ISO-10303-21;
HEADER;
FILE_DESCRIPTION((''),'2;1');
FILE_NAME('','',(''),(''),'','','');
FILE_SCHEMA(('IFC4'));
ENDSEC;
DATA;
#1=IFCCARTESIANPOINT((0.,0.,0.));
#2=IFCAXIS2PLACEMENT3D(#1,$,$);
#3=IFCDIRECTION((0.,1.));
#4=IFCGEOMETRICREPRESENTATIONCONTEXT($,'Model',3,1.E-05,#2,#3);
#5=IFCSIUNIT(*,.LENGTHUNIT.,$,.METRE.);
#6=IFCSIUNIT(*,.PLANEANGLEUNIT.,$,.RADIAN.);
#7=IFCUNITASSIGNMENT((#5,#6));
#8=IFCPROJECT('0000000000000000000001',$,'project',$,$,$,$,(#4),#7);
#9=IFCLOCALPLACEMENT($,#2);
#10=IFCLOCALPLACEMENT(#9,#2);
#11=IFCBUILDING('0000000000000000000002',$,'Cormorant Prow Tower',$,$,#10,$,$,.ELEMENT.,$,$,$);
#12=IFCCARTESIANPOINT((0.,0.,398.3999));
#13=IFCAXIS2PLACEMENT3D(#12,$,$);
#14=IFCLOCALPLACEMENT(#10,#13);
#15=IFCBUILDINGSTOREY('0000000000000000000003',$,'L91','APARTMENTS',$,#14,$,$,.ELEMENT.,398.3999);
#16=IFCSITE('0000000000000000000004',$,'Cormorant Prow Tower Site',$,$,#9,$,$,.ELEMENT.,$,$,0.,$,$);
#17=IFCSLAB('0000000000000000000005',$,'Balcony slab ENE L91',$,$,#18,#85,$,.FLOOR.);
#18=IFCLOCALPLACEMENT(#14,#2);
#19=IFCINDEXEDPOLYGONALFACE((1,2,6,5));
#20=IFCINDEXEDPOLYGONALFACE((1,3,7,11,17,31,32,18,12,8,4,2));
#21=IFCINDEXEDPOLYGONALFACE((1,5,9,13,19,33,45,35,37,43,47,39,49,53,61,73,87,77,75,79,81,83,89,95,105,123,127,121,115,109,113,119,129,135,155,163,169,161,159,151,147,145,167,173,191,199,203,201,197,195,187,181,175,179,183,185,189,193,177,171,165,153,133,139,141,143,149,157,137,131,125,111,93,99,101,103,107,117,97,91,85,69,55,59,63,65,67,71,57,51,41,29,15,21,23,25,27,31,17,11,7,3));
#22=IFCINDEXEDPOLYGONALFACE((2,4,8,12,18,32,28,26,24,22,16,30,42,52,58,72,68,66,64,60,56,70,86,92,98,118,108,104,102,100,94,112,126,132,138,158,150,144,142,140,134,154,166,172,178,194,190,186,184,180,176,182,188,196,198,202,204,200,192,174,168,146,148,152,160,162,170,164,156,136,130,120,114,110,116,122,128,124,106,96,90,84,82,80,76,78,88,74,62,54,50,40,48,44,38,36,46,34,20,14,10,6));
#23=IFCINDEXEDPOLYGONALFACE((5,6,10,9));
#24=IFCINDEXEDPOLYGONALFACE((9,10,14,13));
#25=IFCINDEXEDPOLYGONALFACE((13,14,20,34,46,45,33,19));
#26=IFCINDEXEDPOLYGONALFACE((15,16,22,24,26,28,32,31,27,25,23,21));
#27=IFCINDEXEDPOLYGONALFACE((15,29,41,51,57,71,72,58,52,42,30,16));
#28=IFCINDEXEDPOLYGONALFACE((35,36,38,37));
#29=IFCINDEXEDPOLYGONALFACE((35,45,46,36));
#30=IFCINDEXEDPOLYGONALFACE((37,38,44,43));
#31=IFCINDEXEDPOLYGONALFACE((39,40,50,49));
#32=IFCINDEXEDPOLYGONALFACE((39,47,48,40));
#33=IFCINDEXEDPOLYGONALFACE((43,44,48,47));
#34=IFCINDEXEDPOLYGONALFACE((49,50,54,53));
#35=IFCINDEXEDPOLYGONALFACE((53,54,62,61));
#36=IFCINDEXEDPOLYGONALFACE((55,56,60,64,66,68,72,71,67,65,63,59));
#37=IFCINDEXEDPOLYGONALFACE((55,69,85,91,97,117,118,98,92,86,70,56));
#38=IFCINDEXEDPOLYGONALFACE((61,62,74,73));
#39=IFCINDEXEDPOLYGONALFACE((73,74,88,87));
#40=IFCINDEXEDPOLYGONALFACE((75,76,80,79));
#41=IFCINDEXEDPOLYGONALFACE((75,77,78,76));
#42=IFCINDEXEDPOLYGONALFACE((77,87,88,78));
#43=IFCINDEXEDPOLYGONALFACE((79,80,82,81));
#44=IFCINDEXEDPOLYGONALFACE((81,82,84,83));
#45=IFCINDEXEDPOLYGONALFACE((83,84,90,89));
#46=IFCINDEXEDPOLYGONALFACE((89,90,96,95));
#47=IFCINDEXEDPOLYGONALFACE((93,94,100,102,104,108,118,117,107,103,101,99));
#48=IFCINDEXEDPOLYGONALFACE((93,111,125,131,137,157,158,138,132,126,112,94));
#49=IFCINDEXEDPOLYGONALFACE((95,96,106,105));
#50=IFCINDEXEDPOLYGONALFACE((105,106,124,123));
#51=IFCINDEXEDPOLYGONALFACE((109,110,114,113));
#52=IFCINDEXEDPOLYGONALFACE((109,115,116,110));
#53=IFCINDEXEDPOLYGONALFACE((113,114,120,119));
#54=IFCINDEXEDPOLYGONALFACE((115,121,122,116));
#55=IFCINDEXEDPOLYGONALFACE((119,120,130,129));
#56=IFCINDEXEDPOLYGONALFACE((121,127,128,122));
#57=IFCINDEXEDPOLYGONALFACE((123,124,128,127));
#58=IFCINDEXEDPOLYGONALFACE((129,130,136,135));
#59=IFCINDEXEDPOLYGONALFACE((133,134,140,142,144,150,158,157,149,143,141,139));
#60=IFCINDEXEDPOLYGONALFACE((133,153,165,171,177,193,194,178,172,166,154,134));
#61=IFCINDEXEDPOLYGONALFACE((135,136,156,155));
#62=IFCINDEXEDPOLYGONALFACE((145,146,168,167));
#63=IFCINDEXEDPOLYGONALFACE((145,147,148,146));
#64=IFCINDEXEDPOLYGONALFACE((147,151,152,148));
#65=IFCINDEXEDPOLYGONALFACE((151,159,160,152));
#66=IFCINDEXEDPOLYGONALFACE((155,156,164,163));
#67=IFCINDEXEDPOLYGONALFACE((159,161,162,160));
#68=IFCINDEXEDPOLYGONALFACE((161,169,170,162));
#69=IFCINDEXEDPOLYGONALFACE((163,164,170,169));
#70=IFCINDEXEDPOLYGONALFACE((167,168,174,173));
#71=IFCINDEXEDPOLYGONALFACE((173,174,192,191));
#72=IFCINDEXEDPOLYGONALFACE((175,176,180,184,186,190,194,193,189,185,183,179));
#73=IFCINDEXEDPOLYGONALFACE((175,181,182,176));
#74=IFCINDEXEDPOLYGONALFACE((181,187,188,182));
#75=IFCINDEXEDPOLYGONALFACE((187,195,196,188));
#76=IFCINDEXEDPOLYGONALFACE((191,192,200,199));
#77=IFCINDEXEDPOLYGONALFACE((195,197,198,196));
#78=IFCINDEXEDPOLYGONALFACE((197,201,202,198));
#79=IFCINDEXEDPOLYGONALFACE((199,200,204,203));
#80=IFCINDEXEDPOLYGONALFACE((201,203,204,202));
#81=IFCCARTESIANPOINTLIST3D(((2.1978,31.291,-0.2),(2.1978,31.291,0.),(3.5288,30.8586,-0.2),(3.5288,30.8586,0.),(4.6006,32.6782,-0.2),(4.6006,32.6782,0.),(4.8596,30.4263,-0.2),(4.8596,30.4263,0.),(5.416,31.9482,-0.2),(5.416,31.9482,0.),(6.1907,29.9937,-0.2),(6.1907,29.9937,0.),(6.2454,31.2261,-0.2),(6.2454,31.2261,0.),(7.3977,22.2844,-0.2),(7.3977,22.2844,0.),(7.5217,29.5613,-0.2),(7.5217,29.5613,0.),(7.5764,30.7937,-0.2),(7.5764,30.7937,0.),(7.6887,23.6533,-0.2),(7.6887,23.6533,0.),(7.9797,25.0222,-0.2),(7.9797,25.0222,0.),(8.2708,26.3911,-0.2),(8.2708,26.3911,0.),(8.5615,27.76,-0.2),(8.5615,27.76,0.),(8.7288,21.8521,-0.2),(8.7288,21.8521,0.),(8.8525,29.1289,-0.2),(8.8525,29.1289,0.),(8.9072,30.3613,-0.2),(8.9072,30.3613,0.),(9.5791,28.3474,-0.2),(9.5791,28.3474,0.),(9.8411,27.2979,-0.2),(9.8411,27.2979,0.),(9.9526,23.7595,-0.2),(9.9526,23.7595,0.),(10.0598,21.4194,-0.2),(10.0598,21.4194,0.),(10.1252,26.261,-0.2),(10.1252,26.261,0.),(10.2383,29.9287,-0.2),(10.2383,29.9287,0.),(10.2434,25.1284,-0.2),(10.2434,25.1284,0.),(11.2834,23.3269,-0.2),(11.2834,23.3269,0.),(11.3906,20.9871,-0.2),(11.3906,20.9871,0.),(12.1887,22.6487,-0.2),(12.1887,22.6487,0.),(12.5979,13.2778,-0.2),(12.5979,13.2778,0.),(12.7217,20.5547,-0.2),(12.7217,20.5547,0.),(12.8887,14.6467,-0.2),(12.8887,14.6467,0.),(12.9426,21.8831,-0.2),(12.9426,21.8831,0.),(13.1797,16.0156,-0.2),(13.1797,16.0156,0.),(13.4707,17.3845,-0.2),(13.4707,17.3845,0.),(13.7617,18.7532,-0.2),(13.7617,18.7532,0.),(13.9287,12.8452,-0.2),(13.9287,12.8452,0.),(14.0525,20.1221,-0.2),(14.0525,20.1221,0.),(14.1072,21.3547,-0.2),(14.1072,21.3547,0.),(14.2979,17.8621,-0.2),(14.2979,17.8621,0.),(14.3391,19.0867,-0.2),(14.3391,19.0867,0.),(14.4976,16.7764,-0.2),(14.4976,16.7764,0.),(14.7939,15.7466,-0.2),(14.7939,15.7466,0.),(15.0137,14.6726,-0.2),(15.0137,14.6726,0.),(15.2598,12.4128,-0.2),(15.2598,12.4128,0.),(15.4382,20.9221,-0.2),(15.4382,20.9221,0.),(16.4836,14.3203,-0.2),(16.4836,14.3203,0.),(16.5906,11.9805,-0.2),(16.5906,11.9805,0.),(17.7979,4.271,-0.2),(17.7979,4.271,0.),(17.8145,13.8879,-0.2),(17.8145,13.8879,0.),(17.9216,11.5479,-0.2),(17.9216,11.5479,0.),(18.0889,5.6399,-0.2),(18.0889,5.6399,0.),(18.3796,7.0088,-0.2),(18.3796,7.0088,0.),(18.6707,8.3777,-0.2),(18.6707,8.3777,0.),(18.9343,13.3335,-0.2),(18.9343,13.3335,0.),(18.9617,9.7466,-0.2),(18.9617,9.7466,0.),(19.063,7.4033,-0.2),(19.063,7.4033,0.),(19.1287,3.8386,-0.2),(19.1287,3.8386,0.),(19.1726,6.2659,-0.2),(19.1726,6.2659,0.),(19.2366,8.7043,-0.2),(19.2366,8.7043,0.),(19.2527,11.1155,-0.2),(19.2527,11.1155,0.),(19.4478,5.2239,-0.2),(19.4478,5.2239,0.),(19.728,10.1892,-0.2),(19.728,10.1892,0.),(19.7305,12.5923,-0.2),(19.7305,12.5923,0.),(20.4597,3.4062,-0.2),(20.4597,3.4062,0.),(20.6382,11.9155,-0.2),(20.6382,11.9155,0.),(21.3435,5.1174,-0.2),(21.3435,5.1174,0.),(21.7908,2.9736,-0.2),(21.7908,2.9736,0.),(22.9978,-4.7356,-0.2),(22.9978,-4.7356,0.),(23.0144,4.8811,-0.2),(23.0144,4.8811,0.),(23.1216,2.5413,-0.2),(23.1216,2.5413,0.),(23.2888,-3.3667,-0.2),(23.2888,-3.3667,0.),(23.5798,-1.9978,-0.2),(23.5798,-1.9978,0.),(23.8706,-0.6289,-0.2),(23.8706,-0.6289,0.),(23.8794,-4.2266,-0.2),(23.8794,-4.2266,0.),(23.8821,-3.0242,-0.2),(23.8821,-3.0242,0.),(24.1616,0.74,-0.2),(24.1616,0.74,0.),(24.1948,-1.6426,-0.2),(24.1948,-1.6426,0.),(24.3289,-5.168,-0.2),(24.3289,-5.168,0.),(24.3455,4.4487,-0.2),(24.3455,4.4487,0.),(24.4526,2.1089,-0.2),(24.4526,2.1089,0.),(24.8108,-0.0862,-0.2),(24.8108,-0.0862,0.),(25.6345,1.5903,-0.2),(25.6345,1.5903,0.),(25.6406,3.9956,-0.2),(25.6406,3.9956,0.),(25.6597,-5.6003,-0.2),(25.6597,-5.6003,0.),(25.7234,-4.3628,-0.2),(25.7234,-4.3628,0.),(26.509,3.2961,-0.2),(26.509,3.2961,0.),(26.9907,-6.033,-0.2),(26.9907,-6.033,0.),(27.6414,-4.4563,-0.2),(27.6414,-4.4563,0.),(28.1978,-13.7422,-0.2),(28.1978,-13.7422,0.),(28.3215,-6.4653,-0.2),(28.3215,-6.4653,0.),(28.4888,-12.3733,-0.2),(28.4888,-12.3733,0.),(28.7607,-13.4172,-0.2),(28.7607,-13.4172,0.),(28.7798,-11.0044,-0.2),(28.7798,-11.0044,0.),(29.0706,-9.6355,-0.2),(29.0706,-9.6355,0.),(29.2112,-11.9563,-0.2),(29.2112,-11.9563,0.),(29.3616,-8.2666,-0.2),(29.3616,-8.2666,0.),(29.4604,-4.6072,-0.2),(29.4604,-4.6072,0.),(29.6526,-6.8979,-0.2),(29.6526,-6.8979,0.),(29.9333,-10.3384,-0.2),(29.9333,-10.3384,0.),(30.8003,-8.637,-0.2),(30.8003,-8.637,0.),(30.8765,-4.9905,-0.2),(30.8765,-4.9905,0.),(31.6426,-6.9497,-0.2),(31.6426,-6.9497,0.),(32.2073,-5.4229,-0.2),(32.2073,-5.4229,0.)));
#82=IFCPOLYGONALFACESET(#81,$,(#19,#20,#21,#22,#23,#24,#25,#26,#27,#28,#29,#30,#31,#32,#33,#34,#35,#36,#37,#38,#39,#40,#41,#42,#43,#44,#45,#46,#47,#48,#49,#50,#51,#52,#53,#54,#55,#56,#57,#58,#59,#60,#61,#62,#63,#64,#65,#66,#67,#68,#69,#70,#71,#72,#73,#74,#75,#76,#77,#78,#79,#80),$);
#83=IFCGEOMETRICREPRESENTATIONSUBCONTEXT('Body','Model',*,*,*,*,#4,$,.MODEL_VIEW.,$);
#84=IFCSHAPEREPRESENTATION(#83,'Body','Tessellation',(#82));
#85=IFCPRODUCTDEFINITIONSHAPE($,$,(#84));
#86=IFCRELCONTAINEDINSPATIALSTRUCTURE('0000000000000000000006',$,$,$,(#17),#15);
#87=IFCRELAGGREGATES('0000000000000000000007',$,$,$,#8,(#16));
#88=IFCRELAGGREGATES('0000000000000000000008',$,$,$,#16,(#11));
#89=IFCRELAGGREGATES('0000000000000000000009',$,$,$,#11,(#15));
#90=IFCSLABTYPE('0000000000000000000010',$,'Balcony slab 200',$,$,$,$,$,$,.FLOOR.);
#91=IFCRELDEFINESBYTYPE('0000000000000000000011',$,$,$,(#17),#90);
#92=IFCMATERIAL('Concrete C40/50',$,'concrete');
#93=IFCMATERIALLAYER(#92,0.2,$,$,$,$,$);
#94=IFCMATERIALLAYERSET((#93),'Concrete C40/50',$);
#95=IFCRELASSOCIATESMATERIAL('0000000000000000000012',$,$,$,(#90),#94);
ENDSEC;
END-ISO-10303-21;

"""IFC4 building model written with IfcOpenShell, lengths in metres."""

from ifc_helpers import new_model, si_unit, direction, frame, origin, place, context, subcontext, project, spatial, polyline, outline, extrude, material, layer, layer_set, type_object, element, save


model = new_model("IFC4")

# Units and contexts
model_context = context("Model", 3, precision=1e-05, world=origin(), true_north=direction((0.0, 1.0)))
body_context = subcontext(model_context, "Body", "Model", "MODEL_VIEW")
ifc_project = project(units=[si_unit("LENGTHUNIT", "METRE"), si_unit("PLANEANGLEUNIT", "RADIAN")], contexts=[model_context])

# Site, building, storey
site_placement = place(None, origin())
site = spatial("IfcSite", under=ifc_project, at=site_placement, Name="Cormorant Prow Tower Site", CompositionType="ELEMENT", RefElevation=0.0)
building_placement = place(site_placement, origin())
building = spatial("IfcBuilding", under=site, at=building_placement, Name="Cormorant Prow Tower", CompositionType="ELEMENT")
storey_placement = place(building_placement, frame((0.0, 0.0, 398.3999)))
storey = spatial("IfcBuildingStorey", under=building, at=storey_placement, Name="L91", Description="APARTMENTS", CompositionType="ELEMENT", Elevation=398.3999)

# Slab
ifc_material_1 = material(Name="Concrete C40/50", Category="concrete")
ifc_layer_1 = layer(ifc_material_1, 0.2)
ifc_layer_set_1 = layer_set([ifc_layer_1], Name="Concrete C40/50")
slab_type_1 = type_object("IfcSlabType", Name="Balcony slab 200", PredefinedType="FLOOR", material=ifc_layer_set_1)
slab_1_placement = place(storey_placement, frame((0.0, 0.0, -0.2)))
element("IfcSlab", 1, at=slab_1_placement, inside=storey, type_object=slab_type_1, Name="Balcony slab ENE L91", PredefinedType="FLOOR", context=body_context, shape_type="SweptSolid", body=[
    extrude(outline(polyline([(28.1978, -13.7422), (28.7607, -13.4172), (29.2112, -11.9563), (29.9333, -10.3384), (30.8003, -8.637), (31.6426, -6.9497), (32.2073, -5.4229), (30.8765, -4.9905), (29.4604, -4.6072), (27.6414, -4.4563), (25.7234, -4.3628), (23.8794, -4.2266), (23.8821, -3.0242), (24.1948, -1.6426), (24.8108, -0.0862), (25.6345, 1.5903), (26.509, 3.2961), (25.6406, 3.9956), (24.3455, 4.4487), (23.0144, 4.8811), (21.3435, 5.1174), (19.4478, 5.2239), (19.1726, 6.2659), (19.063, 7.4033), (19.2366, 8.7043), (19.728, 10.1892), (20.6382, 11.9155), (19.7305, 12.5923), (18.9343, 13.3335), (17.8145, 13.8879), (16.4836, 14.3203), (15.0137, 14.6726), (14.7939, 15.7466), (14.4976, 16.7764), (14.2979, 17.8621), (14.3391, 19.0867), (15.4382, 20.9221), (14.1072, 21.3547), (12.9426, 21.8831), (12.1887, 22.6487), (11.2834, 23.3269), (9.9526, 23.7595), (10.2434, 25.1284), (10.1252, 26.261), (9.8411, 27.2979), (9.5791, 28.3474), (10.2383, 29.9287), (8.9072, 30.3613), (7.5764, 30.7937), (6.2454, 31.2261), (5.416, 31.9482), (4.6006, 32.6782), (2.1978, 31.291), (3.5288, 30.8586), (4.8596, 30.4263), (6.1907, 29.9937), (7.5217, 29.5613), (8.8525, 29.1289), (8.5615, 27.76), (8.2708, 26.3911), (7.9797, 25.0222), (7.6887, 23.6533), (7.3977, 22.2844), (8.7288, 21.8521), (10.0598, 21.4194), (11.3906, 20.9871), (12.7217, 20.5547), (14.0525, 20.1221), (13.7617, 18.7532), (13.4707, 17.3845), (13.1797, 16.0156), (12.8887, 14.6467), (12.5979, 13.2778), (13.9287, 12.8452), (15.2598, 12.4128), (16.5906, 11.9805), (17.9216, 11.5479), (19.2527, 11.1155), (18.9617, 9.7466), (18.6707, 8.3777), (18.3796, 7.0088), (18.0889, 5.6399), (17.7979, 4.271), (19.1287, 3.8386), (20.4597, 3.4062), (21.7908, 2.9736), (23.1216, 2.5413), (24.4526, 2.1089), (24.1616, 0.74), (23.8706, -0.6289), (23.5798, -1.9978), (23.2888, -3.3667), (22.9978, -4.7356), (24.3289, -5.168), (25.6597, -5.6003), (26.9907, -6.033), (28.3215, -6.4653), (29.6526, -6.8979), (29.3616, -8.2666), (29.0706, -9.6355), (28.7798, -11.0044), (28.4888, -12.3733), (28.1978, -13.7422)])), origin(), (0.0, 0.0, 1.0), 0.2),
])

save(model, "model.ifc")
